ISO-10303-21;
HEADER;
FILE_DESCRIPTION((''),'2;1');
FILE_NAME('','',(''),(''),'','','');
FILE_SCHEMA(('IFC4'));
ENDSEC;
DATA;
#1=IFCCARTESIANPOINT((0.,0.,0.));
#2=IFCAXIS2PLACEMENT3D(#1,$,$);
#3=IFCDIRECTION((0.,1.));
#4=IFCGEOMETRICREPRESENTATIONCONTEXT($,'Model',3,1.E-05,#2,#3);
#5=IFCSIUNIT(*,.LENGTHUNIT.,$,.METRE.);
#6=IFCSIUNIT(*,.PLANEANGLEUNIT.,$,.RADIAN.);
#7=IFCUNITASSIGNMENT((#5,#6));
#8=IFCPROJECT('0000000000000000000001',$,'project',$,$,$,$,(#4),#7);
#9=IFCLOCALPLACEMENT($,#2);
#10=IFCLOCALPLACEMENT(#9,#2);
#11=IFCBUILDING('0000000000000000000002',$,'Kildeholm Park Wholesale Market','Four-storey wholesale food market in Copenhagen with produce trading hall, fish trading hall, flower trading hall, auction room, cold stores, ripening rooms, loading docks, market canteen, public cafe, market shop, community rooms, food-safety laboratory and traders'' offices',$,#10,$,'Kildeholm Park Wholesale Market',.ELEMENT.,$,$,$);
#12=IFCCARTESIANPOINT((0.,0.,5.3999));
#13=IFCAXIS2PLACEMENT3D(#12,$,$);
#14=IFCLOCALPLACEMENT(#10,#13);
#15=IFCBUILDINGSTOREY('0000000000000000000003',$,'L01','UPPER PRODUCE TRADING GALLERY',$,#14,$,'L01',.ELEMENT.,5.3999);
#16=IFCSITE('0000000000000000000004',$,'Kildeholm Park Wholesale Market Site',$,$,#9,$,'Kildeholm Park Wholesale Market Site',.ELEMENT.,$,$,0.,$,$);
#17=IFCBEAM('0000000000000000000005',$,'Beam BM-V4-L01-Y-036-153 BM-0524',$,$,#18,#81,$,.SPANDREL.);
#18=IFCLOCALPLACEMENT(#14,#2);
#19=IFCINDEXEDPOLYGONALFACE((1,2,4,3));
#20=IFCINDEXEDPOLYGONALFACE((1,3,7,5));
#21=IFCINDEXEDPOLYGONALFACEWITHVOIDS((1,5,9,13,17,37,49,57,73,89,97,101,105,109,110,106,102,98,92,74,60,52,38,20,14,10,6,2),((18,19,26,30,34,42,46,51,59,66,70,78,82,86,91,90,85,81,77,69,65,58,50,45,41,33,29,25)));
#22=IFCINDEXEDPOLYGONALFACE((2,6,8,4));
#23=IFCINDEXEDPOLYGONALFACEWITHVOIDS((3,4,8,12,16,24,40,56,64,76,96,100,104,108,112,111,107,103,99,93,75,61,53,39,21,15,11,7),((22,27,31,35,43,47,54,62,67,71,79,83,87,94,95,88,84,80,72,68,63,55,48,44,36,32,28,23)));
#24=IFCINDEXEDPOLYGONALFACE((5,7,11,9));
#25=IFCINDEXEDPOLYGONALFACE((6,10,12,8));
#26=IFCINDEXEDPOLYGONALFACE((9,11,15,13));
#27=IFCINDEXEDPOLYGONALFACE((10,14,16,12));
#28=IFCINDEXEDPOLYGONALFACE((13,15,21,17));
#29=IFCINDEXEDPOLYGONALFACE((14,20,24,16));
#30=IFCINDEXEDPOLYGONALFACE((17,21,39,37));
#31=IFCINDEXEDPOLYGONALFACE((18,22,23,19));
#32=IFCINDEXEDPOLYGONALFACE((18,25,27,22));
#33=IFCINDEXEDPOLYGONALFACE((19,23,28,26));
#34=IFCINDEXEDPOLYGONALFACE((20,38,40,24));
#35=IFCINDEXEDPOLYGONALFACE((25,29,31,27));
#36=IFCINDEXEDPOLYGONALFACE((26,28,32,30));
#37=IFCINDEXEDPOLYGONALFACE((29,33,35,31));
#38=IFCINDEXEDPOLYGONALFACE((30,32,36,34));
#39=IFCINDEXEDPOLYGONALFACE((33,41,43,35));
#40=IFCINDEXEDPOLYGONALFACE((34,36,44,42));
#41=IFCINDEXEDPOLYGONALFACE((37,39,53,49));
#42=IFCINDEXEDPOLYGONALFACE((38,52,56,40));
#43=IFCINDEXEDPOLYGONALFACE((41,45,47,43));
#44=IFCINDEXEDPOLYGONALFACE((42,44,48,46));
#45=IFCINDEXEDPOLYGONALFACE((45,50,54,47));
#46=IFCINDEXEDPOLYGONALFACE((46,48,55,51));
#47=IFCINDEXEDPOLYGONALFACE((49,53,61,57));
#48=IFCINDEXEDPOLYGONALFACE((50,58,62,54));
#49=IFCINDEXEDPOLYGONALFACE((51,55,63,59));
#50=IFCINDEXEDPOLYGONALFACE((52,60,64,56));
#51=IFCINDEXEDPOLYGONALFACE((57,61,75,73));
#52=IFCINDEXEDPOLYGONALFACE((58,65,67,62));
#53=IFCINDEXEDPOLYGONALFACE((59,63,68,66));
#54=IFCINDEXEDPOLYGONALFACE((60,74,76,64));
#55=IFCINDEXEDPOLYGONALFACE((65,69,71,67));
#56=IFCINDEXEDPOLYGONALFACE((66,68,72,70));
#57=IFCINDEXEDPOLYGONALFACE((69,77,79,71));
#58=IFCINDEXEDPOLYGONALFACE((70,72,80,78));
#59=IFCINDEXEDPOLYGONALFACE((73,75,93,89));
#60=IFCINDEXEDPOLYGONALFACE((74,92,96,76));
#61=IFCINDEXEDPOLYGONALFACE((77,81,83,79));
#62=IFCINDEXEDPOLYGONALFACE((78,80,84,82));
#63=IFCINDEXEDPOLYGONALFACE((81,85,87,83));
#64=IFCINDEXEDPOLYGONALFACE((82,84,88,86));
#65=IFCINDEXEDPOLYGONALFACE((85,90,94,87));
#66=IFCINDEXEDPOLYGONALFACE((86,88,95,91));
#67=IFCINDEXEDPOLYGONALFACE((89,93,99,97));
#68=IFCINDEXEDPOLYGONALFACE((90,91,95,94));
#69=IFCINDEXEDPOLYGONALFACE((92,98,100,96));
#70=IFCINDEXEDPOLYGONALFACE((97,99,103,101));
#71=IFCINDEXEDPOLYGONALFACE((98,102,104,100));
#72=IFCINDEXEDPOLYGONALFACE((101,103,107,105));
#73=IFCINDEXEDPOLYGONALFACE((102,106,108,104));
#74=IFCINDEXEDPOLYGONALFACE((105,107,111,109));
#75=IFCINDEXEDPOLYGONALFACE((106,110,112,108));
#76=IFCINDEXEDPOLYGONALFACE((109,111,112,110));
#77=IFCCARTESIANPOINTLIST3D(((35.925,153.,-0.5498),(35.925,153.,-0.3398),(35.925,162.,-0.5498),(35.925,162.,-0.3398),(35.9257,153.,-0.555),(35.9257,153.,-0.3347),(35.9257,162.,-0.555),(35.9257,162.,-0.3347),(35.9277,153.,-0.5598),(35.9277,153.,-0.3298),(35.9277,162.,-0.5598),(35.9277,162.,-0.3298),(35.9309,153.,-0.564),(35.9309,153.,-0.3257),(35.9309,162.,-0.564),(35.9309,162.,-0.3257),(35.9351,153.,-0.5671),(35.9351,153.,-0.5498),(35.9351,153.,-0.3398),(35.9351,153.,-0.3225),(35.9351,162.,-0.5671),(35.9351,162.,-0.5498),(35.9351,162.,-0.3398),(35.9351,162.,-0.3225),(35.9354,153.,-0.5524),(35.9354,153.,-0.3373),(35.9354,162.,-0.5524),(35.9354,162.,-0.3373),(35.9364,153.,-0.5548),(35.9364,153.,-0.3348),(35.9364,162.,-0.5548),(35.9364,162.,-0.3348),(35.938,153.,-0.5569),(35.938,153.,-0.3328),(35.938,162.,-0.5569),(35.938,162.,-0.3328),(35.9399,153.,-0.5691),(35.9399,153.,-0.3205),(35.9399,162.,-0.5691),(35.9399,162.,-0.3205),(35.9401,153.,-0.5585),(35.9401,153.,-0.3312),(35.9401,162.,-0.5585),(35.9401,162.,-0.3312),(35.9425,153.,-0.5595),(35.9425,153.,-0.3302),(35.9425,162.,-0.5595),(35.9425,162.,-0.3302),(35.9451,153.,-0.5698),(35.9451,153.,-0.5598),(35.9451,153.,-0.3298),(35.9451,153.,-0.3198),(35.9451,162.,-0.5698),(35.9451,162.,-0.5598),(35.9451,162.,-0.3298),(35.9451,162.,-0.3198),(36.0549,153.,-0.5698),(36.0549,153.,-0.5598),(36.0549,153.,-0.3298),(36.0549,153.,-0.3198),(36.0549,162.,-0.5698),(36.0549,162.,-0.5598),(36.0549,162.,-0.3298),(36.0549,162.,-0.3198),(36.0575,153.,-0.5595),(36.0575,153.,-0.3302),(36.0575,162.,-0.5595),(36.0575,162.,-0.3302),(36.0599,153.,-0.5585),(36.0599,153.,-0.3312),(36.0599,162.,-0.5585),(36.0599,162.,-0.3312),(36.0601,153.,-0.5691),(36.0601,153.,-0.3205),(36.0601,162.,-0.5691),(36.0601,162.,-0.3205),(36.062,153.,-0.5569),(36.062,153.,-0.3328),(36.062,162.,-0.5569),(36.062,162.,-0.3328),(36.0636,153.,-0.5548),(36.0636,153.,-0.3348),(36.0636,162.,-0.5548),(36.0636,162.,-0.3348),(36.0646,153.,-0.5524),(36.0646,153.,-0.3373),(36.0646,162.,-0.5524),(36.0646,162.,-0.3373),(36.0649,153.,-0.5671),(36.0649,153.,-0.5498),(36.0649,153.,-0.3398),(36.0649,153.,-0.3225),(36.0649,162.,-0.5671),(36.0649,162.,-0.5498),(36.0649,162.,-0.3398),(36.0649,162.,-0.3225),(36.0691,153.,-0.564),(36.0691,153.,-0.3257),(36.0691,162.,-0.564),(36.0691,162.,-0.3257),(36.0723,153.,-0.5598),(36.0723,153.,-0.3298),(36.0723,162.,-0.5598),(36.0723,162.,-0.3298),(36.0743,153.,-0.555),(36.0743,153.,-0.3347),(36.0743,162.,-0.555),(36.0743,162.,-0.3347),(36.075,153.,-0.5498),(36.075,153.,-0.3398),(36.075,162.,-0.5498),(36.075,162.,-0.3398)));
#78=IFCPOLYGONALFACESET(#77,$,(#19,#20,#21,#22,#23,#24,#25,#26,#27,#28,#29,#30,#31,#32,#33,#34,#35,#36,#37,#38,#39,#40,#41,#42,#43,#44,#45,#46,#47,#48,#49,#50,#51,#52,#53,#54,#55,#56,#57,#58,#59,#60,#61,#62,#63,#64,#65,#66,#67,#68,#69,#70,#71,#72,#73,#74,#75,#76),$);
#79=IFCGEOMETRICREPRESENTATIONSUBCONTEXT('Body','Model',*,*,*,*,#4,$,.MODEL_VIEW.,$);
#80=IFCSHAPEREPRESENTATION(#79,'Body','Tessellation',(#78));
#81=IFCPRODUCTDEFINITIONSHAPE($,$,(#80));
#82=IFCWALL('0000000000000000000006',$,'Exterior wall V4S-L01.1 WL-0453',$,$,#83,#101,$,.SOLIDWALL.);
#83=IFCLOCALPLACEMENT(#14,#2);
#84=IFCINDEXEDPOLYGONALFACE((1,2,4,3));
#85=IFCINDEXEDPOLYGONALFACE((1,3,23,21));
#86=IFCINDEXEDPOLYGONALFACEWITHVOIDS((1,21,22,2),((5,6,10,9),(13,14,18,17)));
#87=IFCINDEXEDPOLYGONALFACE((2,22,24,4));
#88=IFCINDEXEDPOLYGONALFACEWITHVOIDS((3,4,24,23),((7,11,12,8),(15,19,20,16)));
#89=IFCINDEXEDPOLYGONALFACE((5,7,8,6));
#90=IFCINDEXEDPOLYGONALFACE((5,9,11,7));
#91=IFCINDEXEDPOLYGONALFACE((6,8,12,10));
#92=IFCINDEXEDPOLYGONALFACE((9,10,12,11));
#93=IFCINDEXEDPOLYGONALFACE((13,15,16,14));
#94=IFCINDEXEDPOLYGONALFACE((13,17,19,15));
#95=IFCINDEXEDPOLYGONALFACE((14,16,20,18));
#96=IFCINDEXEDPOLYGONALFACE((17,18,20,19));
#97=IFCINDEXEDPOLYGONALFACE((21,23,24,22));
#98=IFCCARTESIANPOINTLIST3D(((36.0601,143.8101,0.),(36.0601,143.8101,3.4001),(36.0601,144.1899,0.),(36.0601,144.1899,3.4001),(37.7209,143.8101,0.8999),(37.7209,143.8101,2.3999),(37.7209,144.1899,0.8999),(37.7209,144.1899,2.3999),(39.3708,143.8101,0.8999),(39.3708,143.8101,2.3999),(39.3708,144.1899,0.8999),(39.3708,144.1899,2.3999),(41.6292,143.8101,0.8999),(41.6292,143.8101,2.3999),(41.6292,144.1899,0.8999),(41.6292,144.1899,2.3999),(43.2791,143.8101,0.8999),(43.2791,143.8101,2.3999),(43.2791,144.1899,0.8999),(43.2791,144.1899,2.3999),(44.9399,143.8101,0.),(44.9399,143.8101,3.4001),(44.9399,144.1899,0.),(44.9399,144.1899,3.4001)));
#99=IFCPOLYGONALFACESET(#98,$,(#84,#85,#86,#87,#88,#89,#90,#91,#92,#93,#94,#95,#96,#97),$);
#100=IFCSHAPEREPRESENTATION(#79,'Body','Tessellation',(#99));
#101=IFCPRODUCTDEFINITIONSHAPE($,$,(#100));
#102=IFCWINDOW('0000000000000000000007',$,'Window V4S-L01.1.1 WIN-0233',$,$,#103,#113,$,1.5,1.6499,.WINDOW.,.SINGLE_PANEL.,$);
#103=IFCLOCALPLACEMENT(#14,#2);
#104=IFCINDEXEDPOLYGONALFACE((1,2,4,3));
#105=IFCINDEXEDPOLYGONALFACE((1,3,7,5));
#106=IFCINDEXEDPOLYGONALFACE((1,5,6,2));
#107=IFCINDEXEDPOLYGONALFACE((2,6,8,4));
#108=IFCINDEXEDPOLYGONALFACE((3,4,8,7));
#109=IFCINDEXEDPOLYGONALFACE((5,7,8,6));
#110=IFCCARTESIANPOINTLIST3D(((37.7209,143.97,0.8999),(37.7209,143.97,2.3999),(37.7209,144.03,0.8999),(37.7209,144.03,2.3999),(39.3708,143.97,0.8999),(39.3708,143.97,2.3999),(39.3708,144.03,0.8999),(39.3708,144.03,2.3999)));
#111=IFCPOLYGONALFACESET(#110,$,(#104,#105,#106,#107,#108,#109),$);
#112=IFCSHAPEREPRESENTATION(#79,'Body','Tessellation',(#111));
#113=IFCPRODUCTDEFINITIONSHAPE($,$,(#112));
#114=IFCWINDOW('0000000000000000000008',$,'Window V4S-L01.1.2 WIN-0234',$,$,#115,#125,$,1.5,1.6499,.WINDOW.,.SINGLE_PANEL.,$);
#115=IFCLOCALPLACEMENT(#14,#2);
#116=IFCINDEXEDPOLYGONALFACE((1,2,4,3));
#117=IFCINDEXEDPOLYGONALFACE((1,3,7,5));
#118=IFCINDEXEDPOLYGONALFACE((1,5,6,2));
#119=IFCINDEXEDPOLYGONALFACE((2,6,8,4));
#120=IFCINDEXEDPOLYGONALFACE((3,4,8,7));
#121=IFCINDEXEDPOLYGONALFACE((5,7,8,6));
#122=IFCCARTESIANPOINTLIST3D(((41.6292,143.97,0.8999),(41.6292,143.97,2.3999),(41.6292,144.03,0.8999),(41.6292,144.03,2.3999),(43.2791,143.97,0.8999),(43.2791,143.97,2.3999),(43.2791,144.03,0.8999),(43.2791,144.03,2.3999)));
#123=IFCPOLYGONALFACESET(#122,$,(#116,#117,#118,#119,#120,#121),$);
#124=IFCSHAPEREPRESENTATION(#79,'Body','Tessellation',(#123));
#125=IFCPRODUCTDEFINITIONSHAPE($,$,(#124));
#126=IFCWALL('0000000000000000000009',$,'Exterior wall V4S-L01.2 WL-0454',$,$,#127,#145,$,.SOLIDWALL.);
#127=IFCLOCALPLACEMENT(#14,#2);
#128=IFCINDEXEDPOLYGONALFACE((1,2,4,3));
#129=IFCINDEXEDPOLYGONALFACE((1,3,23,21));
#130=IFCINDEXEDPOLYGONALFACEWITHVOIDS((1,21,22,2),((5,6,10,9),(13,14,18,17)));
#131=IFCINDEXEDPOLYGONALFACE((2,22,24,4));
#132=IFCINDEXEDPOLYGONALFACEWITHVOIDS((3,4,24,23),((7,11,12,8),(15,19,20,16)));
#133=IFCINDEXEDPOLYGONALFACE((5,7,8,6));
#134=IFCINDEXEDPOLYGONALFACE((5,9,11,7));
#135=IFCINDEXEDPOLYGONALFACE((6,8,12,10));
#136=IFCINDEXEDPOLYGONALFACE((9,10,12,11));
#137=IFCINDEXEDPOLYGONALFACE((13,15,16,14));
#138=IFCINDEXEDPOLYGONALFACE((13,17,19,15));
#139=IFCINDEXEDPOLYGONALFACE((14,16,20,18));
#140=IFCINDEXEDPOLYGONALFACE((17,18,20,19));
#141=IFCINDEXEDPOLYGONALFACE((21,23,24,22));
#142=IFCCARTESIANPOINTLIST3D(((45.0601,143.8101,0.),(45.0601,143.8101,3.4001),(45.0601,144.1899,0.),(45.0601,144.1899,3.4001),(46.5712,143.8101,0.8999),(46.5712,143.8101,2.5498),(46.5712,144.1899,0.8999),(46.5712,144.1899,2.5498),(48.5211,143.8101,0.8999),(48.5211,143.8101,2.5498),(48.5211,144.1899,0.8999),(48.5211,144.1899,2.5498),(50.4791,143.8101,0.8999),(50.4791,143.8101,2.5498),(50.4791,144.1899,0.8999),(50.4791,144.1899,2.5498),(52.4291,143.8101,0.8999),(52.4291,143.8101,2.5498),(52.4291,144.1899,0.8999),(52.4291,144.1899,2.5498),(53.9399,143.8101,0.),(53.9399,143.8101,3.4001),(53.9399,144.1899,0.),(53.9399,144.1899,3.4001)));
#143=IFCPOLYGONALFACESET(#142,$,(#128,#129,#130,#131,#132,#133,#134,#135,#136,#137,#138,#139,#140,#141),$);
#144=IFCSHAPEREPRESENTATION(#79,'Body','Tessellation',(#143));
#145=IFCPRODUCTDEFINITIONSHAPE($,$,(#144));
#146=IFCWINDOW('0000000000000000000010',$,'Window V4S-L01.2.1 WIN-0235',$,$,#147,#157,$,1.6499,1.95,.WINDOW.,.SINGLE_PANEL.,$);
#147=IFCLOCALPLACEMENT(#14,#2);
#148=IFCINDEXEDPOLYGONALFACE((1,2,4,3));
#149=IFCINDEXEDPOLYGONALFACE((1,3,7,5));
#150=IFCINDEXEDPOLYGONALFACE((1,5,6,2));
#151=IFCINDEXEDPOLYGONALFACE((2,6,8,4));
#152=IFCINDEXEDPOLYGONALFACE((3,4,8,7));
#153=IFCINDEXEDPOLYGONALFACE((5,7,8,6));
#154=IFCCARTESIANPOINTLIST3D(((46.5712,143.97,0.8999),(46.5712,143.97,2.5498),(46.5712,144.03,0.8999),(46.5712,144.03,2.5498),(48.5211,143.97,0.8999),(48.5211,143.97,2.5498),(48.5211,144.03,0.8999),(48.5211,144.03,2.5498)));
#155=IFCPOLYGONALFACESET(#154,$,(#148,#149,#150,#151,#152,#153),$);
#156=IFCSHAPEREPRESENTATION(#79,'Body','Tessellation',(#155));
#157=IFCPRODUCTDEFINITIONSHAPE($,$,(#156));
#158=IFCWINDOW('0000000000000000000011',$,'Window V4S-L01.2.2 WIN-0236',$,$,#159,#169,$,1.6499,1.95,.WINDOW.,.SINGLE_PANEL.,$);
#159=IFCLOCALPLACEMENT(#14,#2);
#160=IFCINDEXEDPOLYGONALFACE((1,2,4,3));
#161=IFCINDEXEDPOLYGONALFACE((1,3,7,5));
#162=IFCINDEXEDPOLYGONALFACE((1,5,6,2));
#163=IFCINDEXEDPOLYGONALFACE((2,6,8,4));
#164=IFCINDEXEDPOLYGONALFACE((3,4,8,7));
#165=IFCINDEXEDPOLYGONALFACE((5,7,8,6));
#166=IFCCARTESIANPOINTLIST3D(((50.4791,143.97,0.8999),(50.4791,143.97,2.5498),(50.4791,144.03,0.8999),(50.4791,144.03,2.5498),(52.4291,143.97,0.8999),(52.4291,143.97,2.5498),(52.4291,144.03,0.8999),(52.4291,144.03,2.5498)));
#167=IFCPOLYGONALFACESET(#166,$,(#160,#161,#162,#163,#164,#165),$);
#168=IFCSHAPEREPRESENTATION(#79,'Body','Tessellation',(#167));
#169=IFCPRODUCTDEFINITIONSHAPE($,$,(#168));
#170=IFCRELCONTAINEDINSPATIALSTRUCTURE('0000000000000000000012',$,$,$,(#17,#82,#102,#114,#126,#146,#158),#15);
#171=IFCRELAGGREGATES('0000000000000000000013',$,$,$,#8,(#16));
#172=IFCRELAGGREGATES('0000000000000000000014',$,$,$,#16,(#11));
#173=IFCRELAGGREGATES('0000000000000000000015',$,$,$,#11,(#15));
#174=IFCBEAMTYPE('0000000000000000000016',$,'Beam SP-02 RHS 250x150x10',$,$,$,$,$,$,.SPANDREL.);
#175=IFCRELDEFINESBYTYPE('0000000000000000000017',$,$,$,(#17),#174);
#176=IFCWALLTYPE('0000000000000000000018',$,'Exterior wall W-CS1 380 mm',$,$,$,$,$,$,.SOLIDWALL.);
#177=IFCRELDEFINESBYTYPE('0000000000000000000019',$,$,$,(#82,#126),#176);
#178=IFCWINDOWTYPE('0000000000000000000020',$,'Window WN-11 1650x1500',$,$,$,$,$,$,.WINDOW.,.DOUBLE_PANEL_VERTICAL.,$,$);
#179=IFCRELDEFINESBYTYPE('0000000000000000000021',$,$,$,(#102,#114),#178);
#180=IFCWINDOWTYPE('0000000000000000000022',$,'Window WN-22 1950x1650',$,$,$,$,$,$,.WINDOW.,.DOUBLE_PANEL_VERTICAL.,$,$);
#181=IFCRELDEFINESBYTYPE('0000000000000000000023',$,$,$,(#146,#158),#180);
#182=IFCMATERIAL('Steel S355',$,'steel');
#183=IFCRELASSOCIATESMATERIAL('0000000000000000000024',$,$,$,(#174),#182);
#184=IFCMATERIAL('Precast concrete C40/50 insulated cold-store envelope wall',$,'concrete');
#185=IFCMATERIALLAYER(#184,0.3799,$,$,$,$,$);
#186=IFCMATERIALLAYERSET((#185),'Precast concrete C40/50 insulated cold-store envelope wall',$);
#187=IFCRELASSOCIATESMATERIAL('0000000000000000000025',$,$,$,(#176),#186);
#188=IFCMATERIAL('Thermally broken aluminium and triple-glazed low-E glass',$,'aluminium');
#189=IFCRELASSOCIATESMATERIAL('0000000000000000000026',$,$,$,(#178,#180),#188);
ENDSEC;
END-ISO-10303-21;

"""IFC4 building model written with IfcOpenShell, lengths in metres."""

from ifc_helpers import new_model, si_unit, direction, frame, frame_2d, origin, origin_2d, place, context, subcontext, project, spatial, rectangle, hollow_rectangle, extrude, material, layer, layer_set, material_profile, profile_set, type_object, element, fill, save


model = new_model("IFC4")

# Units and contexts
model_context = context("Model", 3, precision=1e-05, world=origin(), true_north=direction((0.0, 1.0)))
body_context = subcontext(model_context, "Body", "Model", "MODEL_VIEW")
ifc_project = project(units=[si_unit("LENGTHUNIT", "METRE"), si_unit("PLANEANGLEUNIT", "RADIAN")], contexts=[model_context])

# Site, building, storey
site_placement = place(None, origin())
site = spatial("IfcSite", under=ifc_project, at=site_placement, Name="Kildeholm Park Wholesale Market Site", LongName="Kildeholm Park Wholesale Market Site", CompositionType="ELEMENT", RefElevation=0.0)
building_placement = place(site_placement, origin())
building = spatial("IfcBuilding", under=site, at=building_placement, Name="Kildeholm Park Wholesale Market", Description="Four-storey wholesale food market in Copenhagen with produce trading hall, fish trading hall, flower trading hall, auction room, cold stores, ripening rooms, loading docks, market canteen, public cafe, market shop, community rooms, food-safety laboratory and traders' offices", LongName="Kildeholm Park Wholesale Market", CompositionType="ELEMENT")
storey_placement = place(building_placement, frame((0.0, 0.0, 5.3999)))
storey = spatial("IfcBuildingStorey", under=building, at=storey_placement, Name="L01", Description="UPPER PRODUCE TRADING GALLERY", LongName="L01", CompositionType="ELEMENT", Elevation=5.3999)

# Beam
ifc_material_1 = material(Name="Steel S355", Category="steel")
ifc_material_profile_1 = material_profile(ifc_material_1, hollow_rectangle(XDim=0.1499, YDim=0.25, WallThickness=0.01, InnerFilletRadius=0.01, OuterFilletRadius=0.02, at=origin_2d()), Name="RHS 250x150x10")
ifc_profile_set_1 = profile_set([ifc_material_profile_1], Name="Steel S355")
beam_type_1 = type_object("IfcBeamType", Name="Beam SP-02 RHS 250x150x10", PredefinedType="SPANDREL", material=ifc_profile_set_1)
for number, where, z_axis, x_axis, name in (
    (1, (36.0, 153.0, -0.4448), (0.0, 1.0, 0.0), (-1.0, 0.0, 0.0), "Beam BM-V4-L01-Y-036-153 BM-0524"),
):
    element("IfcBeam", number, at=place(storey_placement, frame(where, z_axis=z_axis, x_axis=x_axis)), inside=storey, type_object=beam_type_1, Name=name, PredefinedType="SPANDREL", context=body_context, shape_type="SweptSolid", body=[
        extrude(hollow_rectangle(XDim=0.1499, YDim=0.25, WallThickness=0.01, InnerFilletRadius=0.01, OuterFilletRadius=0.02, at=origin_2d()), origin(), (0.0, 0.0, 1.0), 9.0),
    ])

# Walls, openings, windows
ifc_material_2 = material(Name="Precast concrete C40/50 insulated cold-store envelope wall", Category="concrete")
ifc_layer = layer(ifc_material_2, 0.3799)
ifc_layer_set = layer_set([ifc_layer], Name="Precast concrete C40/50 insulated cold-store envelope wall")
wall_type = type_object("IfcWallType", Name="Exterior wall W-CS1 380 mm", PredefinedType="SOLIDWALL", material=ifc_layer_set)
wall_1_placement = place(storey_placement, frame((36.0601, 144.0, 0.0), z_axis=(0.0, 0.0, 1.0), x_axis=(1.0, 0.0, 0.0)))
wall_1 = element("IfcWall", 2, at=wall_1_placement, inside=storey, type_object=wall_type, Name="Exterior wall V4S-L01.1 WL-0453", PredefinedType="SOLIDWALL", context=body_context, shape_type="SweptSolid", body=[
    extrude(rectangle(XDim=8.8799, YDim=0.3799, at=frame_2d((4.4399, 0.0))), origin(), (0.0, 0.0, 1.0), 3.4001),
])
opening_1_placement = place(wall_1_placement, frame((1.6609, 0.0, 0.8999)))
opening_1 = element("IfcOpeningElement", 3, at=opening_1_placement, cuts=wall_1, PredefinedType="OPENING", context=body_context, shape_type="SweptSolid", body=[
    extrude(rectangle(XDim=1.6499, YDim=1.5, at=frame_2d((0.825, 0.75))), frame((0.0, 0.2, 0.0), z_axis=(0.0, -1.0, 0.0), x_axis=(1.0, 0.0, 0.0)), (0.0, 0.0, 1.0), 0.3999),
])
opening_2_placement = place(wall_1_placement, frame((5.5691, 0.0, 0.8999)))
opening_2 = element("IfcOpeningElement", 4, at=opening_2_placement, cuts=wall_1, PredefinedType="OPENING", context=body_context, shape_type="SweptSolid", body=[
    extrude(rectangle(XDim=1.6499, YDim=1.5, at=frame_2d((0.825, 0.75))), frame((0.0, 0.2, 0.0), z_axis=(0.0, -1.0, 0.0), x_axis=(1.0, 0.0, 0.0)), (0.0, 0.0, 1.0), 0.3999),
])
ifc_material_3 = material(Name="Thermally broken aluminium and triple-glazed low-E glass", Category="aluminium")
window_type_1 = type_object("IfcWindowType", Name="Window WN-11 1650x1500", PartitioningType="DOUBLE_PANEL_VERTICAL", PredefinedType="WINDOW", material=ifc_material_3)
window_1_placement = place(opening_1_placement, origin())
window_1 = element("IfcWindow", 5, at=window_1_placement, inside=storey, type_object=window_type_1, Name="Window V4S-L01.1.1 WIN-0233", OverallHeight=1.5, OverallWidth=1.6499, PartitioningType="SINGLE_PANEL", PredefinedType="WINDOW", context=body_context, shape_type="SweptSolid", body=[
    extrude(rectangle(XDim=1.6499, YDim=1.5, at=frame_2d((0.825, 0.75))), frame((0.0, 0.03, 0.0), z_axis=(0.0, -1.0, 0.0), x_axis=(1.0, 0.0, 0.0)), (0.0, 0.0, 1.0), 0.0601),
])
fill(opening_1, window_1)
window_2_placement = place(opening_2_placement, origin())
window_2 = element("IfcWindow", 6, at=window_2_placement, inside=storey, type_object=window_type_1, Name="Window V4S-L01.1.2 WIN-0234", OverallHeight=1.5, OverallWidth=1.6499, PartitioningType="SINGLE_PANEL", PredefinedType="WINDOW", context=body_context, shape_type="SweptSolid", body=[
    extrude(rectangle(XDim=1.6499, YDim=1.5, at=frame_2d((0.825, 0.75))), frame((0.0, 0.03, 0.0), z_axis=(0.0, -1.0, 0.0), x_axis=(1.0, 0.0, 0.0)), (0.0, 0.0, 1.0), 0.0601),
])
fill(opening_2, window_2)
wall_2_placement = place(storey_placement, frame((45.0601, 144.0, 0.0), z_axis=(0.0, 0.0, 1.0), x_axis=(1.0, 0.0, 0.0)))
wall_2 = element("IfcWall", 7, at=wall_2_placement, inside=storey, type_object=wall_type, Name="Exterior wall V4S-L01.2 WL-0454", PredefinedType="SOLIDWALL", context=body_context, shape_type="SweptSolid", body=[
    extrude(rectangle(XDim=8.8799, YDim=0.3799, at=frame_2d((4.4399, 0.0))), origin(), (0.0, 0.0, 1.0), 3.4001),
])
opening_3_placement = place(wall_2_placement, frame((1.511, 0.0, 0.8999)))
opening_3 = element("IfcOpeningElement", 8, at=opening_3_placement, cuts=wall_2, PredefinedType="OPENING", context=body_context, shape_type="SweptSolid", body=[
    extrude(rectangle(XDim=1.95, YDim=1.6499, at=frame_2d((0.9751, 0.825))), frame((0.0, 0.2, 0.0), z_axis=(0.0, -1.0, 0.0), x_axis=(1.0, 0.0, 0.0)), (0.0, 0.0, 1.0), 0.3999),
])
opening_4_placement = place(wall_2_placement, frame((5.4189, 0.0, 0.8999)))
opening_4 = element("IfcOpeningElement", 9, at=opening_4_placement, cuts=wall_2, PredefinedType="OPENING", context=body_context, shape_type="SweptSolid", body=[
    extrude(rectangle(XDim=1.95, YDim=1.6499, at=frame_2d((0.9751, 0.825))), frame((0.0, 0.2, 0.0), z_axis=(0.0, -1.0, 0.0), x_axis=(1.0, 0.0, 0.0)), (0.0, 0.0, 1.0), 0.3999),
])
window_type_2 = type_object("IfcWindowType", Name="Window WN-22 1950x1650", PartitioningType="DOUBLE_PANEL_VERTICAL", PredefinedType="WINDOW", material=ifc_material_3)
window_3_placement = place(opening_3_placement, origin())
window_3 = element("IfcWindow", 10, at=window_3_placement, inside=storey, type_object=window_type_2, Name="Window V4S-L01.2.1 WIN-0235", OverallHeight=1.6499, OverallWidth=1.95, PartitioningType="SINGLE_PANEL", PredefinedType="WINDOW", context=body_context, shape_type="SweptSolid", body=[
    extrude(rectangle(XDim=1.95, YDim=1.6499, at=frame_2d((0.9751, 0.825))), frame((0.0, 0.03, 0.0), z_axis=(0.0, -1.0, 0.0), x_axis=(1.0, 0.0, 0.0)), (0.0, 0.0, 1.0), 0.0601),
])
fill(opening_3, window_3)
window_4_placement = place(opening_4_placement, origin())
window_4 = element("IfcWindow", 11, at=window_4_placement, inside=storey, type_object=window_type_2, Name="Window V4S-L01.2.2 WIN-0236", OverallHeight=1.6499, OverallWidth=1.95, PartitioningType="SINGLE_PANEL", PredefinedType="WINDOW", context=body_context, shape_type="SweptSolid", body=[
    extrude(rectangle(XDim=1.95, YDim=1.6499, at=frame_2d((0.9751, 0.825))), frame((0.0, 0.03, 0.0), z_axis=(0.0, -1.0, 0.0), x_axis=(1.0, 0.0, 0.0)), (0.0, 0.0, 1.0), 0.0601),
])
fill(opening_4, window_4)

save(model, "model.ifc")
